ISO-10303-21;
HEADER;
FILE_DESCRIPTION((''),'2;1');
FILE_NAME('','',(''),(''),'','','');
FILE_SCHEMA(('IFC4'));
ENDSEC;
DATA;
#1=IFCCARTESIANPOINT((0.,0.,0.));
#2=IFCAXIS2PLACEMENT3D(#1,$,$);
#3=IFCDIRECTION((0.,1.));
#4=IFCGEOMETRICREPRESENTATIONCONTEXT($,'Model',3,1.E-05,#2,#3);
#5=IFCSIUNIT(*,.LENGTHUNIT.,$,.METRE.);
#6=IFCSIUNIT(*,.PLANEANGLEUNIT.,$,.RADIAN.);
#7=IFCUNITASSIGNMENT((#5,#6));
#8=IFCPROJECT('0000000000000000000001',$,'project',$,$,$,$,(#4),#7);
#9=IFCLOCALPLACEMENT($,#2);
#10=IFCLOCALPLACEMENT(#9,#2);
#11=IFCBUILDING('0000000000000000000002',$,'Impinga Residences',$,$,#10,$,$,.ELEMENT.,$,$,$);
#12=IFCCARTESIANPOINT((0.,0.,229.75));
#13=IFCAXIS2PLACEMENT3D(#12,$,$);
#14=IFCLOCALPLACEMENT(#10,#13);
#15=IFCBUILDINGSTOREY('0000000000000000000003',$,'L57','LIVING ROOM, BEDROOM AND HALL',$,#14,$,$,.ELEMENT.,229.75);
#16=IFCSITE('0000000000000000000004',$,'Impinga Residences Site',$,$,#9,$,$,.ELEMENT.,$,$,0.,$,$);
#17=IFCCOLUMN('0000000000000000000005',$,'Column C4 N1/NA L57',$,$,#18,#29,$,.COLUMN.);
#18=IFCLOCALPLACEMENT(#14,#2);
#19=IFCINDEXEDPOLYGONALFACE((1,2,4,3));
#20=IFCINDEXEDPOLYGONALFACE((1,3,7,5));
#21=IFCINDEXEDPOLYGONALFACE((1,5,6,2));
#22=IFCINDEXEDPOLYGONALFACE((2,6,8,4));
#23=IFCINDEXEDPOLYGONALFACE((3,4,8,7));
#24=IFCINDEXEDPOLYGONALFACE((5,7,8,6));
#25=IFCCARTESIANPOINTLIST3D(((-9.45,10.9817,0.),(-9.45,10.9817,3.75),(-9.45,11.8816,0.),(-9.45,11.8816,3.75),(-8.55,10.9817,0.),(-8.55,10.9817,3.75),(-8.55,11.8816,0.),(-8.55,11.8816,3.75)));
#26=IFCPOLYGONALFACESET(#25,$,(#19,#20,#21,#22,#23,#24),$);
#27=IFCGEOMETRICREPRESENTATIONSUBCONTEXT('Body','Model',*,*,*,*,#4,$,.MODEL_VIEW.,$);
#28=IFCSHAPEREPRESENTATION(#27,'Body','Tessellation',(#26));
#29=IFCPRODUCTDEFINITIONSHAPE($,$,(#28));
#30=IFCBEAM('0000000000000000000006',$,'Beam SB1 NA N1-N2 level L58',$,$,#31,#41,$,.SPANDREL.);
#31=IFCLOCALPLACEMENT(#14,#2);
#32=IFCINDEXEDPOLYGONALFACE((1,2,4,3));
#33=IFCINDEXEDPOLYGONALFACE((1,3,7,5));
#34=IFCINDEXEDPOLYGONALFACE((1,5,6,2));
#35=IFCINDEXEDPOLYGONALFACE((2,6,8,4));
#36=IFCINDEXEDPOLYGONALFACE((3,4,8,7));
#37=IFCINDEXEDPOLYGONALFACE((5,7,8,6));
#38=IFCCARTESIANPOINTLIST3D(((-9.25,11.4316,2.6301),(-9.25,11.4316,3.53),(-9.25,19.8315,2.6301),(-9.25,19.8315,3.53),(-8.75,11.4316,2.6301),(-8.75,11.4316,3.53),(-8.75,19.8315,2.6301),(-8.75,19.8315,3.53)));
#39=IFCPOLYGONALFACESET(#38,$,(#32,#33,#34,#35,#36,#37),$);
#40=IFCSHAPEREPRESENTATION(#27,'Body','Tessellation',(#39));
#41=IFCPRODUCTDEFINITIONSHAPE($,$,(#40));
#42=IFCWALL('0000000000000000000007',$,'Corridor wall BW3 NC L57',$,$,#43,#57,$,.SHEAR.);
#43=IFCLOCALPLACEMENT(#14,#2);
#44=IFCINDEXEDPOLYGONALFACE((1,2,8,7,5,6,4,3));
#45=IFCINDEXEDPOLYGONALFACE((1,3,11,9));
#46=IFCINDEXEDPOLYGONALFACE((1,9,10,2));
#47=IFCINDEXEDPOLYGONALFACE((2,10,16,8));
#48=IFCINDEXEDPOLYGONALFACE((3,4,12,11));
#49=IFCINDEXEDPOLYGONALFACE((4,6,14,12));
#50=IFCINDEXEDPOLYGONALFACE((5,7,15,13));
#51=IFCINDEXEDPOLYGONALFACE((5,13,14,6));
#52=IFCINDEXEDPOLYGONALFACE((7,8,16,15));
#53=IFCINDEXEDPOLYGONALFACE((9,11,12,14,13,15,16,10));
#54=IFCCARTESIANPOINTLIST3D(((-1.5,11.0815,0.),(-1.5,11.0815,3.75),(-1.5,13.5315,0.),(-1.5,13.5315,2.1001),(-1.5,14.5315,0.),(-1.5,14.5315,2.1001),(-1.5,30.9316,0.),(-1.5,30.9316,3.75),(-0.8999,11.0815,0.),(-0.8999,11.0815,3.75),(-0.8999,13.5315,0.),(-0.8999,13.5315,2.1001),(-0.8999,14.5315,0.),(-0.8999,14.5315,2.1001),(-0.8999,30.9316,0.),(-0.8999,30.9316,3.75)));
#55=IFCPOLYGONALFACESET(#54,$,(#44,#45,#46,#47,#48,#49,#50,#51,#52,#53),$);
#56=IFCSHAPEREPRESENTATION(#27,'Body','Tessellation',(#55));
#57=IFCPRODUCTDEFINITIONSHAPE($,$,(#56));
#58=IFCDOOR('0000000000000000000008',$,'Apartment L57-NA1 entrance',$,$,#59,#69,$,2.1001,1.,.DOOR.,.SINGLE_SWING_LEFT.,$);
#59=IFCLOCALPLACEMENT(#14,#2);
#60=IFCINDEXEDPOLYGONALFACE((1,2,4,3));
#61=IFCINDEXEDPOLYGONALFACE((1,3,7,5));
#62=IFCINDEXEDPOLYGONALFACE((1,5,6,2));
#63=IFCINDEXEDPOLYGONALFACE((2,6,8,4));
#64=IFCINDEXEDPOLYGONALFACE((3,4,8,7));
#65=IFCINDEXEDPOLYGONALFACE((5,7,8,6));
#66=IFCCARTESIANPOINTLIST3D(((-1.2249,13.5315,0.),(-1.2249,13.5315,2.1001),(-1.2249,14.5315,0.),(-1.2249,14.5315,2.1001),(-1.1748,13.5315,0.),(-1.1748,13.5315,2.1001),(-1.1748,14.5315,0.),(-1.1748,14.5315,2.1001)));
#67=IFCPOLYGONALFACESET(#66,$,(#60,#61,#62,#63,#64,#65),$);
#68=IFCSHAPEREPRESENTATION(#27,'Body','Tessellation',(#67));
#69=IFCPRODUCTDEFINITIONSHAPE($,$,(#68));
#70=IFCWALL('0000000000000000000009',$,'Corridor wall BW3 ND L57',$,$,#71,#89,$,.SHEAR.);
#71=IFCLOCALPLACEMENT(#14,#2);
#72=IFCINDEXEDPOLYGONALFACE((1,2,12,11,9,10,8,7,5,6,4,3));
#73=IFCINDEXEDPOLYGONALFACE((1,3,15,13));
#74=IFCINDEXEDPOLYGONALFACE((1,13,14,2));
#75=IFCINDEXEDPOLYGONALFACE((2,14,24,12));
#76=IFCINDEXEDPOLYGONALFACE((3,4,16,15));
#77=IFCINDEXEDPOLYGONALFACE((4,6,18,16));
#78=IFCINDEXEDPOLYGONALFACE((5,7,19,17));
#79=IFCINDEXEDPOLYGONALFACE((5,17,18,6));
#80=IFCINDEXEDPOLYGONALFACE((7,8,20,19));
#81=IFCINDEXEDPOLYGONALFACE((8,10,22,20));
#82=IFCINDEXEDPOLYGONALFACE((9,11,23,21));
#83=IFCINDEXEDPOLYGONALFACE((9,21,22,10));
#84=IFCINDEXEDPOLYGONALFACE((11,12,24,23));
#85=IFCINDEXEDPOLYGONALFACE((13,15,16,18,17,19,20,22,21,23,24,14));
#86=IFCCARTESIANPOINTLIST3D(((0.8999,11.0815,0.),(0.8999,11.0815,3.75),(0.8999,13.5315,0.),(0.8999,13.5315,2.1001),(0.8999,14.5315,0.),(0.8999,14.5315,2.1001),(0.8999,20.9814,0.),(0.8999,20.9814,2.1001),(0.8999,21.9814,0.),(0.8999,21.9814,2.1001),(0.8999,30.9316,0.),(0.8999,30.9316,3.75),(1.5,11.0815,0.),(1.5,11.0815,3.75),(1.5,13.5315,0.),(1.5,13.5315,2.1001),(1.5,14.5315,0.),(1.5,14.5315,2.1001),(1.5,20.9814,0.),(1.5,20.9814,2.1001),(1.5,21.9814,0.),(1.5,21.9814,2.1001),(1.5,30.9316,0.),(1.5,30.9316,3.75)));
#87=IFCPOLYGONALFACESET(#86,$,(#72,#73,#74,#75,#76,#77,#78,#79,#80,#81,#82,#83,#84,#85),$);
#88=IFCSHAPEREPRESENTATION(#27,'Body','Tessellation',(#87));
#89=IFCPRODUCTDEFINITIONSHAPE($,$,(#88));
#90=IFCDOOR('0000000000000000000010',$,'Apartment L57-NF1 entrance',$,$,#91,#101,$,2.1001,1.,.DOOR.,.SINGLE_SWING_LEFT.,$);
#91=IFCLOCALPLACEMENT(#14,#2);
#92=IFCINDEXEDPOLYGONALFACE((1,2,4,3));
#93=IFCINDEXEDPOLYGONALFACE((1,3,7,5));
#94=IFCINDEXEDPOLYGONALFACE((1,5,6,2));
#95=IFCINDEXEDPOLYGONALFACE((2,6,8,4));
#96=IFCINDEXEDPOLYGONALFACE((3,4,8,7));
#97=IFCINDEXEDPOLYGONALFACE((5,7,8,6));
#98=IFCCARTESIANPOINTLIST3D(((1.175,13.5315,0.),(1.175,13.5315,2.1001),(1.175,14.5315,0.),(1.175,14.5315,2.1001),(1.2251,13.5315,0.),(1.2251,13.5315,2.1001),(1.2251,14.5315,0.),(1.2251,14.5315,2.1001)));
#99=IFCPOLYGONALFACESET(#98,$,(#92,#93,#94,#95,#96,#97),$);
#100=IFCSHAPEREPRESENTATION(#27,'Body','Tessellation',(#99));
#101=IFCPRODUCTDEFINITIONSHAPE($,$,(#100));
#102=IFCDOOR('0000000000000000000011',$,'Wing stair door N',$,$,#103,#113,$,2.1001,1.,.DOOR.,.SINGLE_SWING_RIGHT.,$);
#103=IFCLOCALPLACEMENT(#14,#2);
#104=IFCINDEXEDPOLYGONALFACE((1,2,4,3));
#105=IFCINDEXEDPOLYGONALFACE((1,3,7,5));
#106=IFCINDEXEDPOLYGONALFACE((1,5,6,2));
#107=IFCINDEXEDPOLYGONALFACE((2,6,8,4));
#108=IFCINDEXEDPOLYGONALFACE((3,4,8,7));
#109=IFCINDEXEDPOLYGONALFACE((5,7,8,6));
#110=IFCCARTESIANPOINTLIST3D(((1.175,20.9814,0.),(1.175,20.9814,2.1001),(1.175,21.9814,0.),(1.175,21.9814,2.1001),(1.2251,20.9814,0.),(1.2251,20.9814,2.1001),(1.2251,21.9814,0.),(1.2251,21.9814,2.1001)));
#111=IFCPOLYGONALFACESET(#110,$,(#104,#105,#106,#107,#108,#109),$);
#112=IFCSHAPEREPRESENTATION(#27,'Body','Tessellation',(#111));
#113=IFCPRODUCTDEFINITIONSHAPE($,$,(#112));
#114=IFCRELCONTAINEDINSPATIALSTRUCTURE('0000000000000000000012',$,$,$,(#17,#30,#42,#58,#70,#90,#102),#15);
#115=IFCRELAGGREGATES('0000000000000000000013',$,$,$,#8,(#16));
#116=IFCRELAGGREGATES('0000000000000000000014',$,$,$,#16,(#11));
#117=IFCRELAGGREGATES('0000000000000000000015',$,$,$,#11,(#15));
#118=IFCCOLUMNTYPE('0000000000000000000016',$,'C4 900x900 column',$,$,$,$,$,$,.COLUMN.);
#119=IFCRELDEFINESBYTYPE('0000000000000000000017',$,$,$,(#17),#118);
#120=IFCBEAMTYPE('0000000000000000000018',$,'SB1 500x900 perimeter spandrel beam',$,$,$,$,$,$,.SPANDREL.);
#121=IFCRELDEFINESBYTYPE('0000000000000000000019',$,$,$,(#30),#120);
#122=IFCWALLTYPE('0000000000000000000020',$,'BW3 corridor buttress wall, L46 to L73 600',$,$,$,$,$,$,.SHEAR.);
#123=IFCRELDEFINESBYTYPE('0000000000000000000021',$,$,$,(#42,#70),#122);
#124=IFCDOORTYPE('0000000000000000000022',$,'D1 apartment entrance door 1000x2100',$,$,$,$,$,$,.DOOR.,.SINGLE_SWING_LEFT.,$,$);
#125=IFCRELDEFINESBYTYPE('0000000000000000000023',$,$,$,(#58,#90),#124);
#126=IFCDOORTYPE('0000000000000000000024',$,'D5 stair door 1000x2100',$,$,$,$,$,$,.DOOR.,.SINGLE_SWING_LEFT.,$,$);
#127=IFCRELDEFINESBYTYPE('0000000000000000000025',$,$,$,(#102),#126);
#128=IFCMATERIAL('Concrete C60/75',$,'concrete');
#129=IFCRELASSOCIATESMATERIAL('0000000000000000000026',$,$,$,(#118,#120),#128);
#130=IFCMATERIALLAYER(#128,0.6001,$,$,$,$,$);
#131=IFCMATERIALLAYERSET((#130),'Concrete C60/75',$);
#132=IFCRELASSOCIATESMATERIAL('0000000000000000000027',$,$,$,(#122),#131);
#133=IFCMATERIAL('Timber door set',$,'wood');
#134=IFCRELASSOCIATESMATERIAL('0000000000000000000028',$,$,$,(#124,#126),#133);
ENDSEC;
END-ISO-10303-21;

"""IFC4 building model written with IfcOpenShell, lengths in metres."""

from ifc_helpers import new_model, si_unit, direction, frame, frame_2d, origin, origin_2d, place, context, subcontext, project, spatial, rectangle, extrude, material, layer, layer_set, material_profile, profile_set, type_object, element, fill, save


model = new_model("IFC4")

# Units and contexts
model_context = context("Model", 3, precision=1e-05, world=origin(), true_north=direction((0.0, 1.0)))
body_context = subcontext(model_context, "Body", "Model", "MODEL_VIEW")
ifc_project = project(units=[si_unit("LENGTHUNIT", "METRE"), si_unit("PLANEANGLEUNIT", "RADIAN")], contexts=[model_context])

# Site, building, storey
site_placement = place(None, origin())
site = spatial("IfcSite", under=ifc_project, at=site_placement, Name="Impinga Residences Site", CompositionType="ELEMENT", RefElevation=0.0)
building_placement = place(site_placement, origin())
building = spatial("IfcBuilding", under=site, at=building_placement, Name="Impinga Residences", CompositionType="ELEMENT")
storey_placement = place(building_placement, frame((0.0, 0.0, 229.75)))
storey = spatial("IfcBuildingStorey", under=building, at=storey_placement, Name="L57", Description="LIVING ROOM, BEDROOM AND HALL", CompositionType="ELEMENT", Elevation=229.75)

# Column
ifc_material_1 = material(Name="Concrete C60/75", Category="concrete")
ifc_material_profile_1 = material_profile(ifc_material_1, rectangle(XDim=0.8999, YDim=0.8999, at=origin_2d()), Name="RC 900x900")
ifc_profile_set_1 = profile_set([ifc_material_profile_1], Name="Concrete C60/75")
column_type = type_object("IfcColumnType", Name="C4 900x900 column", PredefinedType="COLUMN", material=ifc_profile_set_1)
column_placement = place(storey_placement, frame((-9.0, 11.4316, 0.0), z_axis=(0.0, 0.0, 1.0), x_axis=(1.0, 0.0, 0.0)))
element("IfcColumn", 1, at=column_placement, inside=storey, type_object=column_type, Name="Column C4 N1/NA L57", PredefinedType="COLUMN", context=body_context, shape_type="SweptSolid", body=[
    extrude(rectangle(XDim=0.8999, YDim=0.8999, at=origin_2d()), origin(), (0.0, 0.0, 1.0), 3.75),
])

# Beam
ifc_material_profile_2 = material_profile(ifc_material_1, rectangle(XDim=0.5, YDim=0.8999, at=origin_2d()), Name="RC 500x900")
ifc_profile_set_2 = profile_set([ifc_material_profile_2], Name="Concrete C60/75")
beam_type = type_object("IfcBeamType", Name="SB1 500x900 perimeter spandrel beam", PredefinedType="SPANDREL", material=ifc_profile_set_2)
beam_placement = place(storey_placement, frame((-9.0, 11.4316, 3.0801), z_axis=(0.0, 1.0, 0.0), x_axis=(-1.0, 0.0, 0.0)))
element("IfcBeam", 2, at=beam_placement, inside=storey, type_object=beam_type, Name="Beam SB1 NA N1-N2 level L58", PredefinedType="SPANDREL", context=body_context, shape_type="SweptSolid", body=[
    extrude(rectangle(XDim=0.5, YDim=0.8999, at=origin_2d()), origin(), (0.0, 0.0, 1.0), 8.3999),
])

# Wall, opening, door
ifc_layer_1 = layer(ifc_material_1, 0.6001)
ifc_layer_set_1 = layer_set([ifc_layer_1], Name="Concrete C60/75")
wall_type_1 = type_object("IfcWallType", Name="BW3 corridor buttress wall, L46 to L73 600", PredefinedType="SHEAR", material=ifc_layer_set_1)
wall_1_placement = place(storey_placement, frame((-1.2, 11.0815, 0.0), z_axis=(0.0, 0.0, 1.0), x_axis=(0.0, 1.0, 0.0)))
wall_1 = element("IfcWall", 3, at=wall_1_placement, inside=storey, type_object=wall_type_1, Name="Corridor wall BW3 NC L57", PredefinedType="SHEAR", context=body_context, shape_type="SweptSolid", body=[
    extrude(rectangle(XDim=19.8501, YDim=0.6001, at=frame_2d((9.925, 0.0))), origin(), (0.0, 0.0, 1.0), 3.75),
])
opening_1_placement = place(wall_1_placement, frame((2.45, 0.0, 0.0)))
opening_1 = element("IfcOpeningElement", 4, at=opening_1_placement, cuts=wall_1, PredefinedType="OPENING", context=body_context, shape_type="SweptSolid", body=[
    extrude(rectangle(XDim=1.0, YDim=2.1001, at=frame_2d((0.5, 1.05))), frame((0.0, 0.3101, 0.0), z_axis=(0.0, -1.0, 0.0), x_axis=(1.0, 0.0, 0.0)), (0.0, 0.0, 1.0), 0.6201),
])
ifc_material_2 = material(Name="Timber door set", Category="wood")
door_type_1 = type_object("IfcDoorType", Name="D1 apartment entrance door 1000x2100", OperationType="SINGLE_SWING_LEFT", PredefinedType="DOOR", material=ifc_material_2)
door_1_placement = place(opening_1_placement, origin())
door_1 = element("IfcDoor", 5, at=door_1_placement, inside=storey, type_object=door_type_1, Name="Apartment L57-NA1 entrance", OperationType="SINGLE_SWING_LEFT", OverallHeight=2.1001, OverallWidth=1.0, PredefinedType="DOOR", context=body_context, shape_type="SweptSolid", body=[
    extrude(rectangle(XDim=1.0, YDim=2.1001, at=frame_2d((0.5, 1.05))), frame((0.0, 0.0249, 0.0), z_axis=(0.0, -1.0, 0.0), x_axis=(1.0, 0.0, 0.0)), (0.0, 0.0, 1.0), 0.05),
])
fill(opening_1, door_1)

# Wall, openings, doors
wall_2_placement = place(storey_placement, frame((1.2, 11.0815, 0.0), z_axis=(0.0, 0.0, 1.0), x_axis=(0.0, 1.0, 0.0)))
wall_2 = element("IfcWall", 6, at=wall_2_placement, inside=storey, type_object=wall_type_1, Name="Corridor wall BW3 ND L57", PredefinedType="SHEAR", context=body_context, shape_type="SweptSolid", body=[
    extrude(rectangle(XDim=19.8501, YDim=0.6001, at=frame_2d((9.925, 0.0))), origin(), (0.0, 0.0, 1.0), 3.75),
])
opening_2_placement = place(wall_2_placement, frame((9.8999, 0.0, 0.0)))
opening_2 = element("IfcOpeningElement", 7, at=opening_2_placement, cuts=wall_2, PredefinedType="OPENING", context=body_context, shape_type="SweptSolid", body=[
    extrude(rectangle(XDim=1.0, YDim=2.1001, at=frame_2d((0.5, 1.05))), frame((0.0, 0.3101, 0.0), z_axis=(0.0, -1.0, 0.0), x_axis=(1.0, 0.0, 0.0)), (0.0, 0.0, 1.0), 0.6201),
])
opening_3_placement = place(wall_2_placement, frame((2.45, 0.0, 0.0)))
opening_3 = element("IfcOpeningElement", 8, at=opening_3_placement, cuts=wall_2, PredefinedType="OPENING", context=body_context, shape_type="SweptSolid", body=[
    extrude(rectangle(XDim=1.0, YDim=2.1001, at=frame_2d((0.5, 1.05))), frame((0.0, 0.3101, 0.0), z_axis=(0.0, -1.0, 0.0), x_axis=(1.0, 0.0, 0.0)), (0.0, 0.0, 1.0), 0.6201),
])
door_2_placement = place(opening_3_placement, origin())
door_2 = element("IfcDoor", 9, at=door_2_placement, inside=storey, type_object=door_type_1, Name="Apartment L57-NF1 entrance", OperationType="SINGLE_SWING_LEFT", OverallHeight=2.1001, OverallWidth=1.0, PredefinedType="DOOR", context=body_context, shape_type="SweptSolid", body=[
    extrude(rectangle(XDim=1.0, YDim=2.1001, at=frame_2d((0.5, 1.05))), frame((0.0, 0.0249, 0.0), z_axis=(0.0, -1.0, 0.0), x_axis=(1.0, 0.0, 0.0)), (0.0, 0.0, 1.0), 0.05),
])
fill(opening_3, door_2)
door_type_2 = type_object("IfcDoorType", Name="D5 stair door 1000x2100", OperationType="SINGLE_SWING_LEFT", PredefinedType="DOOR", material=ifc_material_2)
door_3_placement = place(opening_2_placement, origin())
door_3 = element("IfcDoor", 10, at=door_3_placement, inside=storey, type_object=door_type_2, Name="Wing stair door N", OperationType="SINGLE_SWING_RIGHT", OverallHeight=2.1001, OverallWidth=1.0, PredefinedType="DOOR", context=body_context, shape_type="SweptSolid", body=[
    extrude(rectangle(XDim=1.0, YDim=2.1001, at=frame_2d((0.5, 1.05))), frame((0.0, 0.0249, 0.0), z_axis=(0.0, -1.0, 0.0), x_axis=(1.0, 0.0, 0.0)), (0.0, 0.0, 1.0), 0.05),
])
fill(opening_2, door_3)

save(model, "model.ifc")
